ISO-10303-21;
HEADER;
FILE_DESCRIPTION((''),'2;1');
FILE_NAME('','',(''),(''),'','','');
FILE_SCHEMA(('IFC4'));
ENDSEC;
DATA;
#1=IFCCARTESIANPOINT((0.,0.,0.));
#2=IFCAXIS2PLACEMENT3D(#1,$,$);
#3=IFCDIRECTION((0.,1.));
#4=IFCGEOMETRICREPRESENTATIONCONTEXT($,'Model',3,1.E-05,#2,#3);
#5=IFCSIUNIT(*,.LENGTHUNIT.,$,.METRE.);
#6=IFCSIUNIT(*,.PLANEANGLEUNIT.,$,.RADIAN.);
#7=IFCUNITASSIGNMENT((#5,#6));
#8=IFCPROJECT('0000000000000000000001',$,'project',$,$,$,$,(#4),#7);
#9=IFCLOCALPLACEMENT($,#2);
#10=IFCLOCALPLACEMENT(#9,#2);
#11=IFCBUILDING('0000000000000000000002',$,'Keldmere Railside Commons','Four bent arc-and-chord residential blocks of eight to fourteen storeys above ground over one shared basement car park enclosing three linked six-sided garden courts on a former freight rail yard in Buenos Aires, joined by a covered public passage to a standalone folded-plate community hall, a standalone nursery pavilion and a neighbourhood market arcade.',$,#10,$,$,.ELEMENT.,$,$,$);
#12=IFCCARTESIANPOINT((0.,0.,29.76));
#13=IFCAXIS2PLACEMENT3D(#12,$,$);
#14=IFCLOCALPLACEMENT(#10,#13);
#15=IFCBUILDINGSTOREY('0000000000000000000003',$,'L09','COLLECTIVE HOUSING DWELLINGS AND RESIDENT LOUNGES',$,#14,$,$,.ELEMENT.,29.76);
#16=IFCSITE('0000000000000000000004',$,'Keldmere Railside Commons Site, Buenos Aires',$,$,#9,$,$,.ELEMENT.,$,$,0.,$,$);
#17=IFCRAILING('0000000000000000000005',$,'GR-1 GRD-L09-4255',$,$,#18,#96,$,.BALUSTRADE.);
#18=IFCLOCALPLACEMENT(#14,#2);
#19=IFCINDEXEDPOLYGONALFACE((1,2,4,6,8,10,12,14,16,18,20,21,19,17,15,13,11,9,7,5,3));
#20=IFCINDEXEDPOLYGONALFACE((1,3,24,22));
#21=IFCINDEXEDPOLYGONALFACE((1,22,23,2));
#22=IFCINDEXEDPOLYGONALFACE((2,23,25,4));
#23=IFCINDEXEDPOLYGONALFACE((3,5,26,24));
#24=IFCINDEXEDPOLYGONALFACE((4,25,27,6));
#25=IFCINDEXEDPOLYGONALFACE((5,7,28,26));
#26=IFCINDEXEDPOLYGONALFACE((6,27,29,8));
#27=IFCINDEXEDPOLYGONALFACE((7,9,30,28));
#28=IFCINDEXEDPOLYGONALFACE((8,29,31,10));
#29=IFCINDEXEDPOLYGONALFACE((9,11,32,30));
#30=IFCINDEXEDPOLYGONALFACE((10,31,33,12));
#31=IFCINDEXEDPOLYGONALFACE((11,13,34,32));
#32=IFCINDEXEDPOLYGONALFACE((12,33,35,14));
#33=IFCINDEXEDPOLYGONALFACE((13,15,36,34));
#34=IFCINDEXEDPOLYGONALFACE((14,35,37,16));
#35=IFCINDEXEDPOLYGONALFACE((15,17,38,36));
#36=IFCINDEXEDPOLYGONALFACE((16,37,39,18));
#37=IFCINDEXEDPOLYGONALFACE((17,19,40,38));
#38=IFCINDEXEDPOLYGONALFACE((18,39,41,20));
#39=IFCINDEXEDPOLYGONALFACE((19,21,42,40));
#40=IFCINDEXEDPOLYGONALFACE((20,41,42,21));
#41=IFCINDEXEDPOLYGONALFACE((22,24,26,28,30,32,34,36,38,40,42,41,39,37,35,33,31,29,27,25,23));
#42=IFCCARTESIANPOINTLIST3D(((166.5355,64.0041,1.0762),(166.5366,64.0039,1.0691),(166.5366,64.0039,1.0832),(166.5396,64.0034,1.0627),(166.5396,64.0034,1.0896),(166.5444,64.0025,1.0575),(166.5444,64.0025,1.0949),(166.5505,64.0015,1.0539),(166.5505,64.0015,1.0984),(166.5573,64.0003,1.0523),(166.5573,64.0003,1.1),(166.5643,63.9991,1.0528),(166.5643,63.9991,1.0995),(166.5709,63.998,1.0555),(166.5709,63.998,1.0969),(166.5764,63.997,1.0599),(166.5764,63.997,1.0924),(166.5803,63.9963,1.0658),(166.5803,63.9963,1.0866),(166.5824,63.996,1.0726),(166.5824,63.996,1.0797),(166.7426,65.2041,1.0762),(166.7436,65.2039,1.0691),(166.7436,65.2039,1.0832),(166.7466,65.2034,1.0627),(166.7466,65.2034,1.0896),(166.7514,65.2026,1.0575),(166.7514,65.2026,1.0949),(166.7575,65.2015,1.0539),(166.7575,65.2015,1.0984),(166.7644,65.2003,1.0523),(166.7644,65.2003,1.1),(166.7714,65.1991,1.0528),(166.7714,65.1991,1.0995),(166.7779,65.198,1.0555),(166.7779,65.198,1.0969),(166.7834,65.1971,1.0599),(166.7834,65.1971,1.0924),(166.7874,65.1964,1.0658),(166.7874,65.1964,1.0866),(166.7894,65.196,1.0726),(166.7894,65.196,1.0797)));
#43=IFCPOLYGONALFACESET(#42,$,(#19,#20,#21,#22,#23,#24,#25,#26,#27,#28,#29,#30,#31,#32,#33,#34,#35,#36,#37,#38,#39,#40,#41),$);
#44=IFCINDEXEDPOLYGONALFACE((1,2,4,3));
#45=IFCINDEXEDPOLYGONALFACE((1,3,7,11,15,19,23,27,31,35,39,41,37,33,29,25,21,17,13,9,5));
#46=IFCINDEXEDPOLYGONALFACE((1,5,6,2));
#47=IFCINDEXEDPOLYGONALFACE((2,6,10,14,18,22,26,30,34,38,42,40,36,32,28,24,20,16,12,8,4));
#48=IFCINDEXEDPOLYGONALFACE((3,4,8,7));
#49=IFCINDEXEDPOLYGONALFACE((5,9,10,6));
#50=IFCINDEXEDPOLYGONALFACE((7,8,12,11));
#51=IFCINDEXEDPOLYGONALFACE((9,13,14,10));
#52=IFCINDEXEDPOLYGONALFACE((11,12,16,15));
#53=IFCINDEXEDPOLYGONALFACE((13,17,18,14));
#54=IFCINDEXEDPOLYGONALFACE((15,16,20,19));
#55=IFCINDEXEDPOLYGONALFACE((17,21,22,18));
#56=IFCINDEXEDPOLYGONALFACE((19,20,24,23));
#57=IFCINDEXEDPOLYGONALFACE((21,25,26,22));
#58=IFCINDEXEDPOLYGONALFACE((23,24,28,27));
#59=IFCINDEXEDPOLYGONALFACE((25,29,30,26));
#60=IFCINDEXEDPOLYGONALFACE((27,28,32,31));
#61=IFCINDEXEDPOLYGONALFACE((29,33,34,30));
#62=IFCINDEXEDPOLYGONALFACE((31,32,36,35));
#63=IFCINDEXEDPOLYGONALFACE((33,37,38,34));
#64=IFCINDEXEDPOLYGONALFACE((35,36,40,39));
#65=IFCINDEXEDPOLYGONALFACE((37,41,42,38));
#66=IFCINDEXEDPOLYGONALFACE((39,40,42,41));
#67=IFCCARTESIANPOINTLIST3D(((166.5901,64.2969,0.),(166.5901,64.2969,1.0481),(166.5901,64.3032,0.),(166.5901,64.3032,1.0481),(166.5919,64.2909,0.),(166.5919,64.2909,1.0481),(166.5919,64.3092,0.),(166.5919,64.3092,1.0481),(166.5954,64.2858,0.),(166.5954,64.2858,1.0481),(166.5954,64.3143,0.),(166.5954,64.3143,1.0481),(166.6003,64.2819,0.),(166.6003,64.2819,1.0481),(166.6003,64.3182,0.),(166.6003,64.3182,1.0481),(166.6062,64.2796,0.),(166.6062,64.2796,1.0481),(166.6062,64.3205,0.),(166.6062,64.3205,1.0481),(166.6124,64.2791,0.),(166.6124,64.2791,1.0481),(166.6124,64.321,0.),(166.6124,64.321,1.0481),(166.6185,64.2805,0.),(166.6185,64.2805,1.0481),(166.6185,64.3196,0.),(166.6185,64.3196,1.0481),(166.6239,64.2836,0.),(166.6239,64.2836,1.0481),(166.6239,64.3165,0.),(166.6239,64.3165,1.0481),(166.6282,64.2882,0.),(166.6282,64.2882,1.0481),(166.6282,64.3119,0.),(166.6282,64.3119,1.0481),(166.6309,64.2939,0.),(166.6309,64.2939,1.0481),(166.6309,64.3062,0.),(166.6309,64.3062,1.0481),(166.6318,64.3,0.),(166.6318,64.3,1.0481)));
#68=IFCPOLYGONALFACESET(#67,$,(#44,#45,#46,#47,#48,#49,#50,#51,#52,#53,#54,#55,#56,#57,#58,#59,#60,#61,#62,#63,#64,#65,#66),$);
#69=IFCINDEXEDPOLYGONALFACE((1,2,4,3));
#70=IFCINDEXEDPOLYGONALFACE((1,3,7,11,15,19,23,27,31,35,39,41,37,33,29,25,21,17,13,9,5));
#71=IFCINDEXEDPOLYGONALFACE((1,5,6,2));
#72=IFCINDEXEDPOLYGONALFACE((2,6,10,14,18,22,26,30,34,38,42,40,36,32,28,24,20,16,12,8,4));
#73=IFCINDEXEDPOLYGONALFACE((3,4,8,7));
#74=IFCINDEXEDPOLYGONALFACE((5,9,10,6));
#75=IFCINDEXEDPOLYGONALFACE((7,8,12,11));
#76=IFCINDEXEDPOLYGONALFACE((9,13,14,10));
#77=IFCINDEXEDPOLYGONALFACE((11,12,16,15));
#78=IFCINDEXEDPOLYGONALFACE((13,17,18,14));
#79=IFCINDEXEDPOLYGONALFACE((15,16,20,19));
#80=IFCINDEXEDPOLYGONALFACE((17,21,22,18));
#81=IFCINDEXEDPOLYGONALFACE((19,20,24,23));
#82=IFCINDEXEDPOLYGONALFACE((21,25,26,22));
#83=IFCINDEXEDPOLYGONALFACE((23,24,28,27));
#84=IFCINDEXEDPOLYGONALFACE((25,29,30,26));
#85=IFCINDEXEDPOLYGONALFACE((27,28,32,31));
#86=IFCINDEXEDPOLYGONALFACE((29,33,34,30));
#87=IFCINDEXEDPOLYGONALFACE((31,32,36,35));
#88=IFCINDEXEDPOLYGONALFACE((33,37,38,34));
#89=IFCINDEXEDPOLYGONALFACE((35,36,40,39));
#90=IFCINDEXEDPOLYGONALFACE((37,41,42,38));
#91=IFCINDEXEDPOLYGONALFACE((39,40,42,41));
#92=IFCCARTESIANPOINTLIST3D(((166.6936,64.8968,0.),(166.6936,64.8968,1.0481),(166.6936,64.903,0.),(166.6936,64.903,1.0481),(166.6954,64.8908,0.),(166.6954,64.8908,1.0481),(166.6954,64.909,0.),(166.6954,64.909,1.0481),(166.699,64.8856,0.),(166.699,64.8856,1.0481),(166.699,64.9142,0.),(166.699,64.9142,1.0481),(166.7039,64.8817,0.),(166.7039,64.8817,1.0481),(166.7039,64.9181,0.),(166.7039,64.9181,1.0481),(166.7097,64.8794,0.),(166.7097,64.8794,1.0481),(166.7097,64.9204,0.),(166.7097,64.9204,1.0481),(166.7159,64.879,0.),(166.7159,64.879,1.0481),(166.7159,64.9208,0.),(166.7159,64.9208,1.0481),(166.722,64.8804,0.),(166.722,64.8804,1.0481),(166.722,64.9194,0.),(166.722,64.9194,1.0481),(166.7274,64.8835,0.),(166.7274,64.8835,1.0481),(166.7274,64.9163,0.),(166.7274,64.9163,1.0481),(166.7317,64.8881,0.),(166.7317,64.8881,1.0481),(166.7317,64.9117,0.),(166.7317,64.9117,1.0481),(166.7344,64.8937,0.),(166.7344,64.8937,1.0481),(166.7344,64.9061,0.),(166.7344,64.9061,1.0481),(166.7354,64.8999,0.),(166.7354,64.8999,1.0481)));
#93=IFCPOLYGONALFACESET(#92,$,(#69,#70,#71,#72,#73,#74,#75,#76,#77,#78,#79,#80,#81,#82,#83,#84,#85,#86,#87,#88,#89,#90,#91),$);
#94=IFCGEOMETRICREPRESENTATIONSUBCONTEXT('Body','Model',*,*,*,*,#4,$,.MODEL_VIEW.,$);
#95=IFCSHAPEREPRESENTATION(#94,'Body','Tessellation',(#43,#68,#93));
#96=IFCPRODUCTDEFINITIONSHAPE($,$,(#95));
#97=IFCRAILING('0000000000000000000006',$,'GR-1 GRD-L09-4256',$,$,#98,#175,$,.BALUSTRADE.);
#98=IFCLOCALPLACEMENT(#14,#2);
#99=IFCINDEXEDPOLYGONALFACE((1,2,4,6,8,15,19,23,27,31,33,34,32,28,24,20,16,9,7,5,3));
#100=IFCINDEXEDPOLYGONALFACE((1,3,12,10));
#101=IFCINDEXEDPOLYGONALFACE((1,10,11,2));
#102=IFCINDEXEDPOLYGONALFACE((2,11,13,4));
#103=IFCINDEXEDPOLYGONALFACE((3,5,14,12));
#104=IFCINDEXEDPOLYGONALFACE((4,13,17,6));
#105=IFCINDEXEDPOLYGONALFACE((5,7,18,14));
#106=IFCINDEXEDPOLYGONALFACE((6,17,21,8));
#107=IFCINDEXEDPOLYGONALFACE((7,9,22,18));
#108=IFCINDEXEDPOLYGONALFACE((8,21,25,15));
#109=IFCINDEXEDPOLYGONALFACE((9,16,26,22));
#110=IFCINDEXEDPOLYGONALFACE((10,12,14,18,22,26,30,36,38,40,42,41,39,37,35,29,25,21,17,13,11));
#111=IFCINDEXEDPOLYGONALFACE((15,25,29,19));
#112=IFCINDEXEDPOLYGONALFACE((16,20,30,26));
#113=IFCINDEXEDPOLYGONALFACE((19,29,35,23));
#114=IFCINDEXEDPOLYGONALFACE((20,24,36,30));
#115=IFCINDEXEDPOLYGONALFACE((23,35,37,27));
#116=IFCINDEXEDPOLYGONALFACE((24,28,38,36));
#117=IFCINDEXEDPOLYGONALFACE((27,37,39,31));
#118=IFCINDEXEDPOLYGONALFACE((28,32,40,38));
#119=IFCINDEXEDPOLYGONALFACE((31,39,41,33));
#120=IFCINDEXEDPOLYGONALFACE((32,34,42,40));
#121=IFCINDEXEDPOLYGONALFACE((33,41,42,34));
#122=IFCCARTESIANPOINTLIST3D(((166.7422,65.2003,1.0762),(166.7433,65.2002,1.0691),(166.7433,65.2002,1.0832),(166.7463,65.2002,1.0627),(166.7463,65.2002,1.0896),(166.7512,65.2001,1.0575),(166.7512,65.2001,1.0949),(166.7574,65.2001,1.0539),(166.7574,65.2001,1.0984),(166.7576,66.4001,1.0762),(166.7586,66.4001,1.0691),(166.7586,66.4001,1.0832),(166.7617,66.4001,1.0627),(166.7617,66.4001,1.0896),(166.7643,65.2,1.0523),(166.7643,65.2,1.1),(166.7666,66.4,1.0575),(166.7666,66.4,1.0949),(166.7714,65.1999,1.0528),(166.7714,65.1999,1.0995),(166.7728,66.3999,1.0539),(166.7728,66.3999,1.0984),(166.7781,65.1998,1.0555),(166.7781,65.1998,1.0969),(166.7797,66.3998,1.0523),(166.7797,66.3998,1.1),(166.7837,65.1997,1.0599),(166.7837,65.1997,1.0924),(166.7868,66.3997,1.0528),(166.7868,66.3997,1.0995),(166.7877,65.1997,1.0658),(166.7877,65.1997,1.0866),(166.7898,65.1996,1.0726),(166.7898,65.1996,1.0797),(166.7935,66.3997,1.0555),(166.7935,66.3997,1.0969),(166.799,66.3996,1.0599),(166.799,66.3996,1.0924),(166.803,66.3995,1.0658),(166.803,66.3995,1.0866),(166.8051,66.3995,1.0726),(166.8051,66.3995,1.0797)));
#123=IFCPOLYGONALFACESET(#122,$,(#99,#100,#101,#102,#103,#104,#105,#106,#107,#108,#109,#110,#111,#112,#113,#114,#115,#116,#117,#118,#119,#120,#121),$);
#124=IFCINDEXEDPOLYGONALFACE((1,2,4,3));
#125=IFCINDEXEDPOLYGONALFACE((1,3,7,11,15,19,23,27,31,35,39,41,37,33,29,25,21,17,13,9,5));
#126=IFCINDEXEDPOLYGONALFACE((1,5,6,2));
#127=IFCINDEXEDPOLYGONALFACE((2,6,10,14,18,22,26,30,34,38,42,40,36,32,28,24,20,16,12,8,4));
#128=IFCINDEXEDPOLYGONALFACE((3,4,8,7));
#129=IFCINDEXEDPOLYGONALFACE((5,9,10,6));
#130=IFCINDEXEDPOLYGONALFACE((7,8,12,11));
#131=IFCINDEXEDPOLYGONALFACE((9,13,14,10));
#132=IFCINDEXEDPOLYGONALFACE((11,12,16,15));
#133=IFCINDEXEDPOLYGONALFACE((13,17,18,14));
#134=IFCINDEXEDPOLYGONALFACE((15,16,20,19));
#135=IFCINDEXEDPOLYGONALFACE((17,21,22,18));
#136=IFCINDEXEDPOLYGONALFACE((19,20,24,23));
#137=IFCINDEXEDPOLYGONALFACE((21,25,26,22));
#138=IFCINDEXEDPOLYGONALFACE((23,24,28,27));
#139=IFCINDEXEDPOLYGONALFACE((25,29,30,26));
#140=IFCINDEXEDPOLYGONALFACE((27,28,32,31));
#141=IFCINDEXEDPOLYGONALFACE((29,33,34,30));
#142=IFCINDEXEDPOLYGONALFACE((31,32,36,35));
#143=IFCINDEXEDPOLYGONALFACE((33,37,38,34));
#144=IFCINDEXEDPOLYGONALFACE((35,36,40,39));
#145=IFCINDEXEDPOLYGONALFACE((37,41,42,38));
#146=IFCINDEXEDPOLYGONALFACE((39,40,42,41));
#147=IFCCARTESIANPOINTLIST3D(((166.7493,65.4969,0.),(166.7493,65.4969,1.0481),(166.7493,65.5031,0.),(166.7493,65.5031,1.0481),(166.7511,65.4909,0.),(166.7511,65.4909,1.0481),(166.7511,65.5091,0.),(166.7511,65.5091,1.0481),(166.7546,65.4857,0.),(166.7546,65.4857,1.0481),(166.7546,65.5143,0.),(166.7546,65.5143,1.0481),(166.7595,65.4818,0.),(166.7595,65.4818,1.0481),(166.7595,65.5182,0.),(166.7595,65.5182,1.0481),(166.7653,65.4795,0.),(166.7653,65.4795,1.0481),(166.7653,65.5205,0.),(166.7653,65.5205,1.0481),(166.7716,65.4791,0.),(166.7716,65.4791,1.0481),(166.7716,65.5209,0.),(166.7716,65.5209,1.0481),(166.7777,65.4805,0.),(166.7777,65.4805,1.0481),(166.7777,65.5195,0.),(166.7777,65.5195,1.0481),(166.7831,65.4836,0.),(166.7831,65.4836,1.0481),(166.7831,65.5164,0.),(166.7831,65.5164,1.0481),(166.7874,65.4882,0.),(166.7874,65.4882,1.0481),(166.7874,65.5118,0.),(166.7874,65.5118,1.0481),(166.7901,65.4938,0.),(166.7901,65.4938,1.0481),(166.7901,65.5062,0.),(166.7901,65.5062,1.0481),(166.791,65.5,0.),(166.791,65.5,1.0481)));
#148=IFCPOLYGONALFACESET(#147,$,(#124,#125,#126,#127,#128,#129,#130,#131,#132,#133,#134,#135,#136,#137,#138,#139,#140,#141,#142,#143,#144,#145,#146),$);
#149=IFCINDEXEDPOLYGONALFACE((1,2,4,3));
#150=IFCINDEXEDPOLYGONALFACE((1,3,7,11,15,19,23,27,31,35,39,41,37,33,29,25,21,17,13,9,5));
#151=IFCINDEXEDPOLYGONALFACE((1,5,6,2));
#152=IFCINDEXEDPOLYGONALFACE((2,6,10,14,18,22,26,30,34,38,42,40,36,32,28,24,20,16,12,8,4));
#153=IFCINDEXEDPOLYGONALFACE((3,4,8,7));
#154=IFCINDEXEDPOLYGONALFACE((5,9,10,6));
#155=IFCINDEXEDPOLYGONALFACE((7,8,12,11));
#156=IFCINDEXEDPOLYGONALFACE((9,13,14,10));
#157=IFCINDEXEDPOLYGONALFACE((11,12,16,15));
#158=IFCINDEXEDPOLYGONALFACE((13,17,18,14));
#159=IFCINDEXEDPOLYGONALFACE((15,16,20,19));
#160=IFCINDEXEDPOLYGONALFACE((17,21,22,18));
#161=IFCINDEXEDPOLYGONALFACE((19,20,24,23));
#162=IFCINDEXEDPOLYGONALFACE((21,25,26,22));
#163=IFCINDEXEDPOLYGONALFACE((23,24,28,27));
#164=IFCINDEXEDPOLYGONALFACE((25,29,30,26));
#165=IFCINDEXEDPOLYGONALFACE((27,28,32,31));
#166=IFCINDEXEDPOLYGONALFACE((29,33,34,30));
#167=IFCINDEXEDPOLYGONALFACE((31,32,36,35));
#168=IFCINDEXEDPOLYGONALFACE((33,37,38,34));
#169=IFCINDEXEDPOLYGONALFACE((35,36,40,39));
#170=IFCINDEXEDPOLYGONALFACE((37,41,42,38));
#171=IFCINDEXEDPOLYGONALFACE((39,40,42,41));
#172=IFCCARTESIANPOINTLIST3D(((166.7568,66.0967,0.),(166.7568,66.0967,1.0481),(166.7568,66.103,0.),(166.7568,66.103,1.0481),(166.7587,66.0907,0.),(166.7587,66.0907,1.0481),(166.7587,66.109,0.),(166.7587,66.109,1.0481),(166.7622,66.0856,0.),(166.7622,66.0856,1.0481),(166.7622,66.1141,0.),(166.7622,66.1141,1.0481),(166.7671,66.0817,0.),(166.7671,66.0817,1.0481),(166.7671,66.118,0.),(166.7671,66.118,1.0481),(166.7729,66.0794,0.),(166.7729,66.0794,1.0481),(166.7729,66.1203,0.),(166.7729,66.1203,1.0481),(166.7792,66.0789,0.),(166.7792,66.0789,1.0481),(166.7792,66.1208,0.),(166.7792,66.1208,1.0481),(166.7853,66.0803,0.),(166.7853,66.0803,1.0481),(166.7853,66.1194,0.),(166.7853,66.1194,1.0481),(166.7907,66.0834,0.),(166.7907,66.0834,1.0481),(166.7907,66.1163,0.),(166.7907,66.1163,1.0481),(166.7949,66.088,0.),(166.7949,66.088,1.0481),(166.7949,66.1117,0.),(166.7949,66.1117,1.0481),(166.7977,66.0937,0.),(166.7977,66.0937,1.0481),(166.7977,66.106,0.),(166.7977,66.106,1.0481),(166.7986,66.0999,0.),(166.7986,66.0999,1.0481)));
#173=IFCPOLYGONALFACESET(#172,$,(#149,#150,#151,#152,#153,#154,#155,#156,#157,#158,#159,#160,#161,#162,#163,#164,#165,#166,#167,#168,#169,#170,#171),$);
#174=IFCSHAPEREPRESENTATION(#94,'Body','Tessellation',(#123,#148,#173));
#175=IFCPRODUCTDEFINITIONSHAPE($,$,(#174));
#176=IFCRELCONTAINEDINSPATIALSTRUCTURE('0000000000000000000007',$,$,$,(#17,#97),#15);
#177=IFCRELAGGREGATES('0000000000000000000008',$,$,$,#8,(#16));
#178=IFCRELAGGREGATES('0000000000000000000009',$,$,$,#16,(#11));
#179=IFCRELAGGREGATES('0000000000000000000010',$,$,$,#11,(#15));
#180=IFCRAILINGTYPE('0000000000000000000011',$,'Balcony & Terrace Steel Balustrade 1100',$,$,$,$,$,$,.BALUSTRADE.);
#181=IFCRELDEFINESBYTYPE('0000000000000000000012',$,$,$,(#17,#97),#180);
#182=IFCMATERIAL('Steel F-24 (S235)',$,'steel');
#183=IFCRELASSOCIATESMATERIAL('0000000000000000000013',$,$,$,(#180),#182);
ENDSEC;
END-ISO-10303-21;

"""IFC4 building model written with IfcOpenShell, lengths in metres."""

from ifc_helpers import new_model, si_unit, direction, frame, origin, origin_2d, place, context, subcontext, project, spatial, circle, extrude, material, type_object, element, save


model = new_model("IFC4")

# Units and contexts
model_context = context("Model", 3, precision=1e-05, world=origin(), true_north=direction((0.0, 1.0)))
body_context = subcontext(model_context, "Body", "Model", "MODEL_VIEW")
ifc_project = project(units=[si_unit("LENGTHUNIT", "METRE"), si_unit("PLANEANGLEUNIT", "RADIAN")], contexts=[model_context])

# Site, building, storey
site_placement = place(None, origin())
site = spatial("IfcSite", under=ifc_project, at=site_placement, Name="Keldmere Railside Commons Site, Buenos Aires", CompositionType="ELEMENT", RefElevation=0.0)
building_placement = place(site_placement, origin())
building = spatial("IfcBuilding", under=site, at=building_placement, Name="Keldmere Railside Commons", Description="Four bent arc-and-chord residential blocks of eight to fourteen storeys above ground over one shared basement car park enclosing three linked six-sided garden courts on a former freight rail yard in Buenos Aires, joined by a covered public passage to a standalone folded-plate community hall, a standalone nursery pavilion and a neighbourhood market arcade.", CompositionType="ELEMENT")
storey_placement = place(building_placement, frame((0.0, 0.0, 29.76)))
storey = spatial("IfcBuildingStorey", under=building, at=storey_placement, Name="L09", Description="COLLECTIVE HOUSING DWELLINGS AND RESIDENT LOUNGES", CompositionType="ELEMENT", Elevation=29.76)

# Railings
ifc_material_1 = material(Name="Steel F-24 (S235)", Category="steel")
railing_type = type_object("IfcRailingType", Name="Balcony & Terrace Steel Balustrade 1100", PredefinedType="BALUSTRADE", material=ifc_material_1)
railing_1_placement = place(storey_placement, frame((166.5591, 64.0, 0.0)))
element("IfcRailing", 1, at=railing_1_placement, inside=storey, type_object=railing_type, Name="GR-1 GRD-L09-4255", PredefinedType="BALUSTRADE", context=body_context, shape_type="SweptSolid", body=[
    extrude(circle(Radius=0.0239, at=origin_2d()), frame((0.0, 0.0, 1.0762), z_axis=(0.170021, 0.98544, 0.0), x_axis=(-0.98544, 0.170021, 0.0)), (0.0, 0.0, 1.0), 1.2178),
    extrude(circle(Radius=0.021, at=origin_2d()), frame((0.0518, 0.3, 0.0)), (0.0, 0.0, 1.0), 1.0481),
    extrude(circle(Radius=0.021, at=origin_2d()), frame((0.1553, 0.8999, 0.0)), (0.0, 0.0, 1.0), 1.0481),
])
railing_2_placement = place(storey_placement, frame((166.7661, 65.2, 0.0)))
element("IfcRailing", 2, at=railing_2_placement, inside=storey, type_object=railing_type, Name="GR-1 GRD-L09-4256", PredefinedType="BALUSTRADE", context=body_context, shape_type="SweptSolid", body=[
    extrude(circle(Radius=0.0239, at=origin_2d()), frame((0.0, 0.0, 1.0762), z_axis=(0.012817, 0.999918, 0.0), x_axis=(-0.999918, 0.012817, 0.0)), (0.0, 0.0, 1.0), 1.2),
    extrude(circle(Radius=0.021, at=origin_2d()), frame((0.0039, 0.3, 0.0)), (0.0, 0.0, 1.0), 1.0481),
    extrude(circle(Radius=0.021, at=origin_2d()), frame((0.0115, 0.8999, 0.0)), (0.0, 0.0, 1.0), 1.0481),
])

save(model, "model.ifc")
